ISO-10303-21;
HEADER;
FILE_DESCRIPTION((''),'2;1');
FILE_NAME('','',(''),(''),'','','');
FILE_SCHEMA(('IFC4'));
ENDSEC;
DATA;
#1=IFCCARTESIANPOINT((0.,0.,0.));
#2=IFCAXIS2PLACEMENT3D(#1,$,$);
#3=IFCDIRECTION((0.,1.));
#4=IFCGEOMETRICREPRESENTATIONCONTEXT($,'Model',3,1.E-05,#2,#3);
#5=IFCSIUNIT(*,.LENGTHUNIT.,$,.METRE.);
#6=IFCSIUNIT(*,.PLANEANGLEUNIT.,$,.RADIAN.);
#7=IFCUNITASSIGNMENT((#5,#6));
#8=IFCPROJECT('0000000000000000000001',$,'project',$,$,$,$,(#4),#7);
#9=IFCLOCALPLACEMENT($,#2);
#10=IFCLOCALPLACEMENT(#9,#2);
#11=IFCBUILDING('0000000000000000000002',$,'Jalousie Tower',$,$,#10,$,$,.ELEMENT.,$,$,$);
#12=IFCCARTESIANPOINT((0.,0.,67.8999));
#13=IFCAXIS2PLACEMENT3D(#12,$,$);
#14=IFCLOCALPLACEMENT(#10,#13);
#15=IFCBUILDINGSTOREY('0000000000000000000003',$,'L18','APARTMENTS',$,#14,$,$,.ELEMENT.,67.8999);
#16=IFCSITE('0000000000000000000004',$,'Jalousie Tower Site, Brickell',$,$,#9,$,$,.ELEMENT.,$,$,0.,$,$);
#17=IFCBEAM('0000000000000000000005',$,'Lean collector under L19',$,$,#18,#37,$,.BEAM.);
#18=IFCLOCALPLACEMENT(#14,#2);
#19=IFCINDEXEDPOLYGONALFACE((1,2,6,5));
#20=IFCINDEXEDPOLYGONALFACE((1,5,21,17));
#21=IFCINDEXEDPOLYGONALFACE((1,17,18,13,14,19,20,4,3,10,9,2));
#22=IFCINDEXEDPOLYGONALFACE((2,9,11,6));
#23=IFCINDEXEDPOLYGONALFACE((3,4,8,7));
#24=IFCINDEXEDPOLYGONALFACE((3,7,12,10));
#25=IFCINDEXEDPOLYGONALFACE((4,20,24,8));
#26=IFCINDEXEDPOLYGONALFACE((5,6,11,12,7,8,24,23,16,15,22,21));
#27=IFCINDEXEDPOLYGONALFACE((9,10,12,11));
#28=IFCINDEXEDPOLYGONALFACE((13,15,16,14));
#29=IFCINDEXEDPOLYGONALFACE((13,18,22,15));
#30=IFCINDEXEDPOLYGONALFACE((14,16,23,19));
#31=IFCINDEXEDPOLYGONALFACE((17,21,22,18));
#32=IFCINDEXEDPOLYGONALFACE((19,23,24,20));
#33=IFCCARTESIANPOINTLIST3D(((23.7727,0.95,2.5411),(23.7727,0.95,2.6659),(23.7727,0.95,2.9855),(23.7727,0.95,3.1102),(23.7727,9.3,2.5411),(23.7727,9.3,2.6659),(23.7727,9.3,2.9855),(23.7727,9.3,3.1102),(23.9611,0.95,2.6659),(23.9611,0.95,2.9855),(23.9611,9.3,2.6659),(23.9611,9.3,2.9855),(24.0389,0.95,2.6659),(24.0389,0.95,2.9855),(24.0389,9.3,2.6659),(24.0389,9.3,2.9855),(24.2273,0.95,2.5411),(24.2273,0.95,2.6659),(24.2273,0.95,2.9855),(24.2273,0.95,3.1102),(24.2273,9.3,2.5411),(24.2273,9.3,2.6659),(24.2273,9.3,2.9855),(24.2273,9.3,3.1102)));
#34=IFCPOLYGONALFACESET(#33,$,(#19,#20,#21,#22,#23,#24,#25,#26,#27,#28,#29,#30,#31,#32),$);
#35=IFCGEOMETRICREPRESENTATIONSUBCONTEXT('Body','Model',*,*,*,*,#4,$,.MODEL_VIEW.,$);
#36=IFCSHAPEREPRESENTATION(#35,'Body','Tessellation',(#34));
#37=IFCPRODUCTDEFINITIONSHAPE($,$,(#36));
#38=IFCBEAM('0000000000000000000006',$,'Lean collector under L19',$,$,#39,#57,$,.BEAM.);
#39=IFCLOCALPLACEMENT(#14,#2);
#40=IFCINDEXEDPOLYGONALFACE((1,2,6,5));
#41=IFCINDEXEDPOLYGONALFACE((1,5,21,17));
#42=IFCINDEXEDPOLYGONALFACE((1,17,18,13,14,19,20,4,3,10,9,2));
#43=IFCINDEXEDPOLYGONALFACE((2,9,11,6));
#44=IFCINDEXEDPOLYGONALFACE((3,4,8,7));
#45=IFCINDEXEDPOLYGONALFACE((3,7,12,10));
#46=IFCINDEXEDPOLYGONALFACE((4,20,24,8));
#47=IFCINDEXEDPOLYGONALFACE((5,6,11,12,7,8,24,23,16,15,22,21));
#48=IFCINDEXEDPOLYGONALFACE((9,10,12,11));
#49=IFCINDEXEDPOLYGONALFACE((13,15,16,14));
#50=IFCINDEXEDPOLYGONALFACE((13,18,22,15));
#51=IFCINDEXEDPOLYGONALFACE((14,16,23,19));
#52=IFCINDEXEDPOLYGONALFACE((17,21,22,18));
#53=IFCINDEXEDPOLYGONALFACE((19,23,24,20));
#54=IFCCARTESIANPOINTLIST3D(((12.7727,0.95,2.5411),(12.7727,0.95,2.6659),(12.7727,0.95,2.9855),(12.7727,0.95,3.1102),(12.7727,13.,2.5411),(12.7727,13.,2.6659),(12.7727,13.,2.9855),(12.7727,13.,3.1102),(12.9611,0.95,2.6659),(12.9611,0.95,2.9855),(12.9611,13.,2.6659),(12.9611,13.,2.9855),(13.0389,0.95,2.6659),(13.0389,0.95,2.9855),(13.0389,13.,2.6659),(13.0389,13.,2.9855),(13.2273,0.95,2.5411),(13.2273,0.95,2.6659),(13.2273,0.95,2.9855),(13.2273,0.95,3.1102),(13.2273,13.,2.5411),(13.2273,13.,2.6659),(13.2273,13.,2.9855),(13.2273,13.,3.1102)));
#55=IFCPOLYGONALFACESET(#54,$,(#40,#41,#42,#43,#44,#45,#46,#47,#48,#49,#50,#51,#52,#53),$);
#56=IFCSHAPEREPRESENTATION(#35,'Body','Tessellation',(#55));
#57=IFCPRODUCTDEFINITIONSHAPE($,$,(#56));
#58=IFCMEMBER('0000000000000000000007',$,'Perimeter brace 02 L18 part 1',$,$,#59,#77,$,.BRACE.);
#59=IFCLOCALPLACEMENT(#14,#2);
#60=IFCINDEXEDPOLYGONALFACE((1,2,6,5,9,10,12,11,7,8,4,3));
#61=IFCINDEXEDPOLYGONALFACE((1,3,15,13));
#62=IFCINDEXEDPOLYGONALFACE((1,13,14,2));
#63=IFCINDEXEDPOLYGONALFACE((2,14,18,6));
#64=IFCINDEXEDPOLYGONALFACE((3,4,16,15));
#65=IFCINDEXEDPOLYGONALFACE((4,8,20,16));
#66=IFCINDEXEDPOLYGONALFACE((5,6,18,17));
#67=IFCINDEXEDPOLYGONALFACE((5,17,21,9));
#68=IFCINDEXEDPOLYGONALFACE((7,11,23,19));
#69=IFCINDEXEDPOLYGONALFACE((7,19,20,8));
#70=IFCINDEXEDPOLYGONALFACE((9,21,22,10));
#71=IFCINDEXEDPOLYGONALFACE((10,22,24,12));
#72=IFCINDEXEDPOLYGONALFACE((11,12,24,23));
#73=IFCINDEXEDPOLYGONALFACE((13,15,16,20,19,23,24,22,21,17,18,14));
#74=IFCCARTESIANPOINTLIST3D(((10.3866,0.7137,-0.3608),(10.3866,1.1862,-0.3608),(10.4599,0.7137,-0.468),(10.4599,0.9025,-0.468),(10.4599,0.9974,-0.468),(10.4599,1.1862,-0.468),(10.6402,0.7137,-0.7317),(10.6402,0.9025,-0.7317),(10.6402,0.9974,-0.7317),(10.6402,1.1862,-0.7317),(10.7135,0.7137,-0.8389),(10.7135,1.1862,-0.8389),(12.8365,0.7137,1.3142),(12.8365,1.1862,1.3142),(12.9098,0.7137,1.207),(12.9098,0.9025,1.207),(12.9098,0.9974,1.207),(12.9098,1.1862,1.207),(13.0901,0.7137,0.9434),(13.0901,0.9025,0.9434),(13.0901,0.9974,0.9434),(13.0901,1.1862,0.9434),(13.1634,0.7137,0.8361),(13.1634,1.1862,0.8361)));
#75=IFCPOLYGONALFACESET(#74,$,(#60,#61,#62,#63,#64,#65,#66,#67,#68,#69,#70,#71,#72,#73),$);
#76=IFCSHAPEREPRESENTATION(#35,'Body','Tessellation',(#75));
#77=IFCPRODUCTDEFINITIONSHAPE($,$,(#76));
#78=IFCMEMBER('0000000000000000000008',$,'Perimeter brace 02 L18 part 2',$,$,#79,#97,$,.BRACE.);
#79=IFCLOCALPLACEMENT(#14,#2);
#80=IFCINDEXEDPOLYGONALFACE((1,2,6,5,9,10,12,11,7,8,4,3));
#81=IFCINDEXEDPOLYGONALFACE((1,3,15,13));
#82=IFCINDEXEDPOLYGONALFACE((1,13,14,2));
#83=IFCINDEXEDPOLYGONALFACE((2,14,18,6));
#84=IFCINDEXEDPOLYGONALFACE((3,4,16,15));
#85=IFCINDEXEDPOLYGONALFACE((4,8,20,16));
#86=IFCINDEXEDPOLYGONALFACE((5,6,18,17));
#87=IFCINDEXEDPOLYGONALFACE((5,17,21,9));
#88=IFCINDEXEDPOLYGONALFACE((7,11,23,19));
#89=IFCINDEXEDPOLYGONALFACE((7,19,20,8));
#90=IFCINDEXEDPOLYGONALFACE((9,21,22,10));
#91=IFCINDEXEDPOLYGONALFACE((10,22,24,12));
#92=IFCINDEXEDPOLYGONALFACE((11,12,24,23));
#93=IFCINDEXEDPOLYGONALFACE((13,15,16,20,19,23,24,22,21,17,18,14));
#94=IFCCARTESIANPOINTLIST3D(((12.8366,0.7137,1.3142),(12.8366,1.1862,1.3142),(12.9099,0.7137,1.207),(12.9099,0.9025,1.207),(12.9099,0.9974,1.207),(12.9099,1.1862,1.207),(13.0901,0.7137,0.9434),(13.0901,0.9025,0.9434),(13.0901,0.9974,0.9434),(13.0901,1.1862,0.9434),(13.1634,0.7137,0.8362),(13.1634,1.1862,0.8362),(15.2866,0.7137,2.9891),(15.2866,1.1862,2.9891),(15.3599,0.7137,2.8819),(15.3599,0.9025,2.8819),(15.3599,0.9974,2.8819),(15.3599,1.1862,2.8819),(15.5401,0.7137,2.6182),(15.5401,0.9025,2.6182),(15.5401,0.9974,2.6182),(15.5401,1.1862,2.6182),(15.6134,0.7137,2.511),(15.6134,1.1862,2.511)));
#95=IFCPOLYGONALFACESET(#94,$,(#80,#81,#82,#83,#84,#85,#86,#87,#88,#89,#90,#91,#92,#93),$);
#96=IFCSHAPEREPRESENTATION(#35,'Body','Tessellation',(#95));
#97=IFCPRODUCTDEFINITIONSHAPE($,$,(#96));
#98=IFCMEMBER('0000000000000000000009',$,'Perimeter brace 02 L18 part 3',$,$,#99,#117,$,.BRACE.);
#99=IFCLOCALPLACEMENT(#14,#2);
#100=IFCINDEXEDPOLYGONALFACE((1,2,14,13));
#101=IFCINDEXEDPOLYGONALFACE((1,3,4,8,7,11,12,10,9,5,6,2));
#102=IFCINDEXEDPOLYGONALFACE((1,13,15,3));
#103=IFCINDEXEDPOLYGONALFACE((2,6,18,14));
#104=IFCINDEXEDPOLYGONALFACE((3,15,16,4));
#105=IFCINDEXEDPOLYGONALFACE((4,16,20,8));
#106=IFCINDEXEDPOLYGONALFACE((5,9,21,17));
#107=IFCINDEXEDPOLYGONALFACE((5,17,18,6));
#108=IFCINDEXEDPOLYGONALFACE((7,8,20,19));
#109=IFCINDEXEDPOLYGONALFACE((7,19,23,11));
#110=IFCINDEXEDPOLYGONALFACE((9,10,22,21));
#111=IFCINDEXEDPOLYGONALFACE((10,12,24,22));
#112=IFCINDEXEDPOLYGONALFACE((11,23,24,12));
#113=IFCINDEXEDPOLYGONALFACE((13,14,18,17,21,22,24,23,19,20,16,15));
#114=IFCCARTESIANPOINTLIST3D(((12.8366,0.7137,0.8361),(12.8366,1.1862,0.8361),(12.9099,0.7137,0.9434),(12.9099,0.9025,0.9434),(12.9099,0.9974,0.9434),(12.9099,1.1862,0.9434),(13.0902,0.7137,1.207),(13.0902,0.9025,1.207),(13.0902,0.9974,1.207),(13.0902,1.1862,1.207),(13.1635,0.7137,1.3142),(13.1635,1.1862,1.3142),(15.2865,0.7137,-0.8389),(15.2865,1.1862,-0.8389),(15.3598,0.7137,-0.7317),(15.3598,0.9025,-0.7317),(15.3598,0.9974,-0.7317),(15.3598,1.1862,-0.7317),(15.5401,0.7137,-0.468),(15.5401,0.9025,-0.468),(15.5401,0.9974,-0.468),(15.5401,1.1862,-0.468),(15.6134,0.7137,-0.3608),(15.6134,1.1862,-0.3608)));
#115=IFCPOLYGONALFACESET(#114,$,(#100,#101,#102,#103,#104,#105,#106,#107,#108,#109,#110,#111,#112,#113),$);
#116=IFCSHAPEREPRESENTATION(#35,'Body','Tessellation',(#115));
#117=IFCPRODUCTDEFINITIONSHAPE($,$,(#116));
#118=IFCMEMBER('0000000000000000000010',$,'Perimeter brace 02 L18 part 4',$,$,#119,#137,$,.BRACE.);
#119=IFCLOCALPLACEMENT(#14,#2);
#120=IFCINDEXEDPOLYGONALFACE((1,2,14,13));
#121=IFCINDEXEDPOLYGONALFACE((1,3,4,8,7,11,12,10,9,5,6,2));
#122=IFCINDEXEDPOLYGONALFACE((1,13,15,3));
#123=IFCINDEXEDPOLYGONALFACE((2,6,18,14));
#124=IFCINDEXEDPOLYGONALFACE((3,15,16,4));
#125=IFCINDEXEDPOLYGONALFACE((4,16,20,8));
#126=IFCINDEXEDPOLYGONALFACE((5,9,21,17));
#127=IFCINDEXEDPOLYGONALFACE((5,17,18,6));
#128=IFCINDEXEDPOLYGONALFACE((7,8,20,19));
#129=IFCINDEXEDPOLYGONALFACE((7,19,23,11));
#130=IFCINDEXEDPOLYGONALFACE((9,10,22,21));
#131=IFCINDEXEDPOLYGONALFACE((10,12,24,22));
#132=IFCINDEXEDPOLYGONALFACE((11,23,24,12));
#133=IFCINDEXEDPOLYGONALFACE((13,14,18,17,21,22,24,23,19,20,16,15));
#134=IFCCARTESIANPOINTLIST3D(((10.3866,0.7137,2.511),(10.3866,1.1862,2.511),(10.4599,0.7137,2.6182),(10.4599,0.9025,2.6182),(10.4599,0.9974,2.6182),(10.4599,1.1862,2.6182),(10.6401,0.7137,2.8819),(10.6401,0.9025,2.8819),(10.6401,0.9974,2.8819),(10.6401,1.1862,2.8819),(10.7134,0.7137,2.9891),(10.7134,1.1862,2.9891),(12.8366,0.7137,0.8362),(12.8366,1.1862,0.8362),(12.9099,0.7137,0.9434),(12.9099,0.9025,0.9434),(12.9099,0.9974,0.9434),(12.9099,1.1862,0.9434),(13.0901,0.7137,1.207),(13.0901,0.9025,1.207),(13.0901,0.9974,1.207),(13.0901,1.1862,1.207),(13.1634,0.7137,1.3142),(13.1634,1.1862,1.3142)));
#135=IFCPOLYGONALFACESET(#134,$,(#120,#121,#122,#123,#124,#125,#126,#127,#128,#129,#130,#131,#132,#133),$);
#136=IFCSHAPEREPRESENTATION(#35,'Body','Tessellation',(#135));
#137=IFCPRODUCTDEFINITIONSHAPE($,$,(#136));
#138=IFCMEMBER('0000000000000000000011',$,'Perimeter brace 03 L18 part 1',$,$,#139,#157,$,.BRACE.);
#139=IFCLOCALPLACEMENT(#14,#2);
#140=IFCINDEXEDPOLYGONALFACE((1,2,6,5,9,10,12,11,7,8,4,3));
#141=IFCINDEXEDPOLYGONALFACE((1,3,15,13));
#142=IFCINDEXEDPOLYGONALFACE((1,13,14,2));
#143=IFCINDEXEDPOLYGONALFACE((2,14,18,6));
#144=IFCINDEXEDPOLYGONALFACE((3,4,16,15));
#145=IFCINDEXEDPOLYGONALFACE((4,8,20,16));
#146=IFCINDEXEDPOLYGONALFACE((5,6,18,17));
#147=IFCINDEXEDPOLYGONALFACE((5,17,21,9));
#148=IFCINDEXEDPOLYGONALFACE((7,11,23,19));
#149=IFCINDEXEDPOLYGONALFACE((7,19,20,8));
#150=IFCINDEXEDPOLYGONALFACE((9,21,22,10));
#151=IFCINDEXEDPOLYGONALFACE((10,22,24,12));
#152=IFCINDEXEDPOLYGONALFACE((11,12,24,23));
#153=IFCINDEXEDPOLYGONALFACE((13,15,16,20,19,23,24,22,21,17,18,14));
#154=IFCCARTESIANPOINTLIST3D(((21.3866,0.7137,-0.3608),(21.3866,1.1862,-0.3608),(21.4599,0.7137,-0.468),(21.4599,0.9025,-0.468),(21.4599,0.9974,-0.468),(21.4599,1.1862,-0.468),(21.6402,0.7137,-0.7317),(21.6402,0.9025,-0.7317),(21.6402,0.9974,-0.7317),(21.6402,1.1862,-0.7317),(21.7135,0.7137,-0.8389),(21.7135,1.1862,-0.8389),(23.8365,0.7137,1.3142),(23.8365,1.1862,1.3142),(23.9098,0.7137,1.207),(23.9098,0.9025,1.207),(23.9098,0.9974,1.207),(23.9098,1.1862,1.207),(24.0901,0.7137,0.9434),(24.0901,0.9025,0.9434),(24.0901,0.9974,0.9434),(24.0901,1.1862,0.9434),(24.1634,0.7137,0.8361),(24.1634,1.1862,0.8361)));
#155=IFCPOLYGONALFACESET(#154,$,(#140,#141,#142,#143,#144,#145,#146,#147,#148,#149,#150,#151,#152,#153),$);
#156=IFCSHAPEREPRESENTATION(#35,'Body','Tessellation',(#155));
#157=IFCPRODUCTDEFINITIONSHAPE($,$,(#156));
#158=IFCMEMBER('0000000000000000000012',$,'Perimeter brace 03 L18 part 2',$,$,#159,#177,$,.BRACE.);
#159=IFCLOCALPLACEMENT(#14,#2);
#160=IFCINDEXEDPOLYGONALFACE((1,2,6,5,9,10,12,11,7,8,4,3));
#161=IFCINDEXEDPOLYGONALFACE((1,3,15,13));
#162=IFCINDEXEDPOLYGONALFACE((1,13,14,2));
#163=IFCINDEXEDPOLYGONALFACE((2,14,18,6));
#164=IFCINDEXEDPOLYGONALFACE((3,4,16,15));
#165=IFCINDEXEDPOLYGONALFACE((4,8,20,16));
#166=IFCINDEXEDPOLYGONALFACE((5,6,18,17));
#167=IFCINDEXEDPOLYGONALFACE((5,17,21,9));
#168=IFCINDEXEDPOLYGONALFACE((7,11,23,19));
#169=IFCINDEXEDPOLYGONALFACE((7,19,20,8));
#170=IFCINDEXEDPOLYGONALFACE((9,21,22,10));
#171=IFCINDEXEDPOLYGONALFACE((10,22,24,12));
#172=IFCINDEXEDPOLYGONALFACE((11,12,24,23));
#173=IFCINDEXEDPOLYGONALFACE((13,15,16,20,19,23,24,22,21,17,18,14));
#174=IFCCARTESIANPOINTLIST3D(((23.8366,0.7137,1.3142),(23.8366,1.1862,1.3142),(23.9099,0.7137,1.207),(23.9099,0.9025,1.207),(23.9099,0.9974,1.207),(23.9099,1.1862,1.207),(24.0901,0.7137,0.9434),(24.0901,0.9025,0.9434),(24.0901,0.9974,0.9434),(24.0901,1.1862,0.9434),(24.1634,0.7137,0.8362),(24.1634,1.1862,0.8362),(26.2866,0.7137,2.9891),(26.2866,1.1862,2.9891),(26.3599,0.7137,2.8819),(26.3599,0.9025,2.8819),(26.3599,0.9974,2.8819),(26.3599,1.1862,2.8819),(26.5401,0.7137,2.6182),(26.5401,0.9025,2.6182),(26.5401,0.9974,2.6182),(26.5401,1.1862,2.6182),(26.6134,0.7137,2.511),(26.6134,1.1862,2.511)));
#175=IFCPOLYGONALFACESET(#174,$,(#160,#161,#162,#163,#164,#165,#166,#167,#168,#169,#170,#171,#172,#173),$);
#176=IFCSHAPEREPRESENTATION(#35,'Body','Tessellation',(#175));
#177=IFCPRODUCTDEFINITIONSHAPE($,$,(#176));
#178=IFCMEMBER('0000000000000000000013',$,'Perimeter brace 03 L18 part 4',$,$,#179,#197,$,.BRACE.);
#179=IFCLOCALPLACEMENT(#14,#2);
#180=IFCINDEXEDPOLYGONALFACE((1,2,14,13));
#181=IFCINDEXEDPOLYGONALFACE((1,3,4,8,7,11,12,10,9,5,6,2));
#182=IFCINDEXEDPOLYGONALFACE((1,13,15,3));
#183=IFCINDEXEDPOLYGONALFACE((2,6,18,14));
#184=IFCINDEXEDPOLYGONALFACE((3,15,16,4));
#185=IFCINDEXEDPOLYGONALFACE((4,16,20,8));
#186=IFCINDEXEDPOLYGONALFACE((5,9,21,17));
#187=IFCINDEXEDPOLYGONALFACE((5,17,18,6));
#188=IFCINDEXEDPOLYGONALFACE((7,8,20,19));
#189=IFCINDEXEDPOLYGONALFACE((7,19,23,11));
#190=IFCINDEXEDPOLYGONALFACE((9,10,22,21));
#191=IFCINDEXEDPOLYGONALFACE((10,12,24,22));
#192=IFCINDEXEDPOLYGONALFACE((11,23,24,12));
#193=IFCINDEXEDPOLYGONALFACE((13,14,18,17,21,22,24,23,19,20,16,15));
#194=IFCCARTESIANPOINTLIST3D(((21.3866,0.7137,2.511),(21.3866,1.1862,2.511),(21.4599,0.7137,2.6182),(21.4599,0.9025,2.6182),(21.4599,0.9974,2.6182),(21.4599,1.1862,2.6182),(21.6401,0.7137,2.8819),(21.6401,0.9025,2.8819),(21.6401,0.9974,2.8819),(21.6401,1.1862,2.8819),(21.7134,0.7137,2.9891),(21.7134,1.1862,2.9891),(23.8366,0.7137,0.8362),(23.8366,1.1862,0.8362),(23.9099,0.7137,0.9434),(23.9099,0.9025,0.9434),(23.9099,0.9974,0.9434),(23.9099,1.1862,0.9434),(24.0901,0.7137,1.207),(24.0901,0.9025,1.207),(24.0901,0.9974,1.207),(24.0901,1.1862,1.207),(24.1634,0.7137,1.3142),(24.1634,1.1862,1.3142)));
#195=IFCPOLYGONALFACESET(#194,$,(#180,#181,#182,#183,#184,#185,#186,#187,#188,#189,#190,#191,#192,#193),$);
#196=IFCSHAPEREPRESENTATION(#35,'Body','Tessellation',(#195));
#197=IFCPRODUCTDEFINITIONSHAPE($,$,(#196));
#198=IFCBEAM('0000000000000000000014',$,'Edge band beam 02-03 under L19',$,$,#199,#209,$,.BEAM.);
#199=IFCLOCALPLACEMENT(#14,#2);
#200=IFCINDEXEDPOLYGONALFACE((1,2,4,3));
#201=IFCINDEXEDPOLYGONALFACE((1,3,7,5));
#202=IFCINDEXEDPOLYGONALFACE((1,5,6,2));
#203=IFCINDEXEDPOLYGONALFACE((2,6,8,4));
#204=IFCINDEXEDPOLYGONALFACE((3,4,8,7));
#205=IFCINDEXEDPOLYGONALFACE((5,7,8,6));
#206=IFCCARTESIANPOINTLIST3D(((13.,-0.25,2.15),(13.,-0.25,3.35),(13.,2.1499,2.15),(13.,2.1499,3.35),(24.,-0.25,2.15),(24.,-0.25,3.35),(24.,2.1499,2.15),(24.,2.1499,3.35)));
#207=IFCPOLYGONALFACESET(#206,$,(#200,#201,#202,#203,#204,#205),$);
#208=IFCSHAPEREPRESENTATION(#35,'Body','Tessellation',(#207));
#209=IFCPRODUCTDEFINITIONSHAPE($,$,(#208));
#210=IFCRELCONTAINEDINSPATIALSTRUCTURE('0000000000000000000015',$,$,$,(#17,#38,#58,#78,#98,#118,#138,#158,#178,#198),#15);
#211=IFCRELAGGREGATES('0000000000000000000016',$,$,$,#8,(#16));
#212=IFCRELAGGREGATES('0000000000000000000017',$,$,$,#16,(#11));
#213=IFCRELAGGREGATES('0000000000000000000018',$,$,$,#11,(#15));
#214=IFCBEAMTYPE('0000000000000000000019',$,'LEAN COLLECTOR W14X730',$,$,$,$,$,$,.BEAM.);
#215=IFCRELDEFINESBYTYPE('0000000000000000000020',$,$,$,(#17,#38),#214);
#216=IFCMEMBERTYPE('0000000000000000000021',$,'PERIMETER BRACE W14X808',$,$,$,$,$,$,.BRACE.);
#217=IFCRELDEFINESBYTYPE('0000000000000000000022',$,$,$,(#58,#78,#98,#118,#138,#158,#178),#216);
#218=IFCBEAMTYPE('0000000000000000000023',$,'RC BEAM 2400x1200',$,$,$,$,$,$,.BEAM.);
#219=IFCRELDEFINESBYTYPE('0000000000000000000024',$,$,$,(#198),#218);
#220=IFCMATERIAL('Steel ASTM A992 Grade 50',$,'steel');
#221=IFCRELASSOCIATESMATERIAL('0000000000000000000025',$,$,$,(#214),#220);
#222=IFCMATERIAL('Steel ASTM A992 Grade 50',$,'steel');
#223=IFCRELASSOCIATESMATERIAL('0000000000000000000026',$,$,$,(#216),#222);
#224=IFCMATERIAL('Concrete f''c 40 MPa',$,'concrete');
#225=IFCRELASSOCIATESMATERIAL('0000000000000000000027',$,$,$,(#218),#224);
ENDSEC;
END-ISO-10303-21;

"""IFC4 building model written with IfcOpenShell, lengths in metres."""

from ifc_helpers import new_model, si_unit, direction, frame, origin, origin_2d, place, context, subcontext, project, spatial, rectangle, i_section, extrude, material, material_profile, profile_set, type_object, element, save


model = new_model("IFC4")

# Units and contexts
model_context = context("Model", 3, precision=1e-05, world=origin(), true_north=direction((0.0, 1.0)))
body_context = subcontext(model_context, "Body", "Model", "MODEL_VIEW")
ifc_project = project(units=[si_unit("LENGTHUNIT", "METRE"), si_unit("PLANEANGLEUNIT", "RADIAN")], contexts=[model_context])

# Site, building, storey
site_placement = place(None, origin())
site = spatial("IfcSite", under=ifc_project, at=site_placement, Name="Jalousie Tower Site, Brickell", CompositionType="ELEMENT", RefElevation=0.0)
building_placement = place(site_placement, origin())
building = spatial("IfcBuilding", under=site, at=building_placement, Name="Jalousie Tower", CompositionType="ELEMENT")
storey_placement = place(building_placement, frame((0.0, 0.0, 67.8999)))
storey = spatial("IfcBuildingStorey", under=building, at=storey_placement, Name="L18", Description="APARTMENTS", CompositionType="ELEMENT", Elevation=67.8999)

# Beams
ifc_material_1 = material(Name="Steel ASTM A992 Grade 50", Category="steel")
ifc_material_profile_1 = material_profile(ifc_material_1, i_section(OverallWidth=0.4546, OverallDepth=0.5691, WebThickness=0.0779, FlangeThickness=0.1248, at=origin_2d()), Name="W14X730")
ifc_profile_set_1 = profile_set([ifc_material_profile_1], Name="Steel ASTM A992 Grade 50")
beam_type_1 = type_object("IfcBeamType", Name="LEAN COLLECTOR W14X730", PredefinedType="BEAM", material=ifc_profile_set_1)
beam_1_placement = place(storey_placement, frame((24.0, 0.95, 2.8257), z_axis=(0.0, 1.0, 0.0), x_axis=(-1.0, 0.0, 0.0)))
element("IfcBeam", 1, at=beam_1_placement, inside=storey, type_object=beam_type_1, Name="Lean collector under L19", PredefinedType="BEAM", context=body_context, shape_type="SweptSolid", body=[
    extrude(i_section(OverallWidth=0.4546, OverallDepth=0.5691, WebThickness=0.0779, FlangeThickness=0.1248, at=origin_2d()), origin(), (0.0, 0.0, 1.0), 8.3501),
])
beam_2_placement = place(storey_placement, frame((13.0, 0.95, 2.8257), z_axis=(0.0, 1.0, 0.0), x_axis=(-1.0, 0.0, 0.0)))
element("IfcBeam", 2, at=beam_2_placement, inside=storey, type_object=beam_type_1, Name="Lean collector under L19", PredefinedType="BEAM", context=body_context, shape_type="SweptSolid", body=[
    extrude(i_section(OverallWidth=0.4546, OverallDepth=0.5691, WebThickness=0.0779, FlangeThickness=0.1248, at=origin_2d()), origin(), (0.0, 0.0, 1.0), 12.05),
])

# Members
ifc_material_2 = material(Name="Steel ASTM A992 Grade 50", Category="steel")
ifc_material_profile_2 = material_profile(ifc_material_2, i_section(OverallWidth=0.4724, OverallDepth=0.5791, WebThickness=0.095, FlangeThickness=0.1299, at=origin_2d()), Name="W14X808")
ifc_profile_set_2 = profile_set([ifc_material_profile_2], Name="Steel ASTM A992 Grade 50")
member_type_1 = type_object("IfcMemberType", Name="PERIMETER BRACE W14X808", PredefinedType="BRACE", material=ifc_profile_set_2)
for number, where, z_axis, x_axis, name in (
    (3, (10.55, 0.95, -0.5999), (0.825501, 0.0, 0.564401), (0.0, 1.0, 0.0), "Perimeter brace 02 L18 part 1"),
    (4, (13.0, 0.95, 1.0752), (0.825539, 0.0, 0.564345), (0.0, 1.0, 0.0), "Perimeter brace 02 L18 part 2"),
    (5, (15.45, 0.95, -0.5999), (-0.825501, 0.0, 0.564401), (0.0, -1.0, 0.0), "Perimeter brace 02 L18 part 3"),
    (6, (13.0, 0.95, 1.0752), (-0.825539, 0.0, 0.564345), (0.0, -1.0, 0.0), "Perimeter brace 02 L18 part 4"),
    (7, (21.55, 0.95, -0.5999), (0.825501, 0.0, 0.564401), (0.0, 1.0, 0.0), "Perimeter brace 03 L18 part 1"),
    (8, (24.0, 0.95, 1.0752), (0.825539, 0.0, 0.564345), (0.0, 1.0, 0.0), "Perimeter brace 03 L18 part 2"),
    (9, (24.0, 0.95, 1.0752), (-0.825539, 0.0, 0.564345), (0.0, -1.0, 0.0), "Perimeter brace 03 L18 part 4"),
):
    element("IfcMember", number, at=place(storey_placement, frame(where, z_axis=z_axis, x_axis=x_axis)), inside=storey, type_object=member_type_1, Name=name, PredefinedType="BRACE", context=body_context, shape_type="SweptSolid", body=[
        extrude(i_section(OverallWidth=0.4724, OverallDepth=0.5791, WebThickness=0.095, FlangeThickness=0.1299, at=origin_2d()), origin(), (0.0, 0.0, 1.0), 2.9678),
    ])

# Beam
ifc_material_3 = material(Name="Concrete f'c 40 MPa", Category="concrete")
ifc_material_profile_3 = material_profile(ifc_material_3, rectangle(XDim=2.3999, YDim=1.2, at=origin_2d()), Name="RC 2400x1200")
ifc_profile_set_3 = profile_set([ifc_material_profile_3], Name="Concrete f'c 40 MPa")
beam_type_2 = type_object("IfcBeamType", Name="RC BEAM 2400x1200", PredefinedType="BEAM", material=ifc_profile_set_3)
for number, where, z_axis, x_axis, name in (
    (10, (13.0, 0.95, 2.75), (1.0, 0.0, 0.0), (0.0, 1.0, 0.0), "Edge band beam 02-03 under L19"),
):
    element("IfcBeam", number, at=place(storey_placement, frame(where, z_axis=z_axis, x_axis=x_axis)), inside=storey, type_object=beam_type_2, Name=name, PredefinedType="BEAM", context=body_context, shape_type="SweptSolid", body=[
        extrude(rectangle(XDim=2.3999, YDim=1.2, at=origin_2d()), origin(), (0.0, 0.0, 1.0), 11.0),
    ])

save(model, "model.ifc")
